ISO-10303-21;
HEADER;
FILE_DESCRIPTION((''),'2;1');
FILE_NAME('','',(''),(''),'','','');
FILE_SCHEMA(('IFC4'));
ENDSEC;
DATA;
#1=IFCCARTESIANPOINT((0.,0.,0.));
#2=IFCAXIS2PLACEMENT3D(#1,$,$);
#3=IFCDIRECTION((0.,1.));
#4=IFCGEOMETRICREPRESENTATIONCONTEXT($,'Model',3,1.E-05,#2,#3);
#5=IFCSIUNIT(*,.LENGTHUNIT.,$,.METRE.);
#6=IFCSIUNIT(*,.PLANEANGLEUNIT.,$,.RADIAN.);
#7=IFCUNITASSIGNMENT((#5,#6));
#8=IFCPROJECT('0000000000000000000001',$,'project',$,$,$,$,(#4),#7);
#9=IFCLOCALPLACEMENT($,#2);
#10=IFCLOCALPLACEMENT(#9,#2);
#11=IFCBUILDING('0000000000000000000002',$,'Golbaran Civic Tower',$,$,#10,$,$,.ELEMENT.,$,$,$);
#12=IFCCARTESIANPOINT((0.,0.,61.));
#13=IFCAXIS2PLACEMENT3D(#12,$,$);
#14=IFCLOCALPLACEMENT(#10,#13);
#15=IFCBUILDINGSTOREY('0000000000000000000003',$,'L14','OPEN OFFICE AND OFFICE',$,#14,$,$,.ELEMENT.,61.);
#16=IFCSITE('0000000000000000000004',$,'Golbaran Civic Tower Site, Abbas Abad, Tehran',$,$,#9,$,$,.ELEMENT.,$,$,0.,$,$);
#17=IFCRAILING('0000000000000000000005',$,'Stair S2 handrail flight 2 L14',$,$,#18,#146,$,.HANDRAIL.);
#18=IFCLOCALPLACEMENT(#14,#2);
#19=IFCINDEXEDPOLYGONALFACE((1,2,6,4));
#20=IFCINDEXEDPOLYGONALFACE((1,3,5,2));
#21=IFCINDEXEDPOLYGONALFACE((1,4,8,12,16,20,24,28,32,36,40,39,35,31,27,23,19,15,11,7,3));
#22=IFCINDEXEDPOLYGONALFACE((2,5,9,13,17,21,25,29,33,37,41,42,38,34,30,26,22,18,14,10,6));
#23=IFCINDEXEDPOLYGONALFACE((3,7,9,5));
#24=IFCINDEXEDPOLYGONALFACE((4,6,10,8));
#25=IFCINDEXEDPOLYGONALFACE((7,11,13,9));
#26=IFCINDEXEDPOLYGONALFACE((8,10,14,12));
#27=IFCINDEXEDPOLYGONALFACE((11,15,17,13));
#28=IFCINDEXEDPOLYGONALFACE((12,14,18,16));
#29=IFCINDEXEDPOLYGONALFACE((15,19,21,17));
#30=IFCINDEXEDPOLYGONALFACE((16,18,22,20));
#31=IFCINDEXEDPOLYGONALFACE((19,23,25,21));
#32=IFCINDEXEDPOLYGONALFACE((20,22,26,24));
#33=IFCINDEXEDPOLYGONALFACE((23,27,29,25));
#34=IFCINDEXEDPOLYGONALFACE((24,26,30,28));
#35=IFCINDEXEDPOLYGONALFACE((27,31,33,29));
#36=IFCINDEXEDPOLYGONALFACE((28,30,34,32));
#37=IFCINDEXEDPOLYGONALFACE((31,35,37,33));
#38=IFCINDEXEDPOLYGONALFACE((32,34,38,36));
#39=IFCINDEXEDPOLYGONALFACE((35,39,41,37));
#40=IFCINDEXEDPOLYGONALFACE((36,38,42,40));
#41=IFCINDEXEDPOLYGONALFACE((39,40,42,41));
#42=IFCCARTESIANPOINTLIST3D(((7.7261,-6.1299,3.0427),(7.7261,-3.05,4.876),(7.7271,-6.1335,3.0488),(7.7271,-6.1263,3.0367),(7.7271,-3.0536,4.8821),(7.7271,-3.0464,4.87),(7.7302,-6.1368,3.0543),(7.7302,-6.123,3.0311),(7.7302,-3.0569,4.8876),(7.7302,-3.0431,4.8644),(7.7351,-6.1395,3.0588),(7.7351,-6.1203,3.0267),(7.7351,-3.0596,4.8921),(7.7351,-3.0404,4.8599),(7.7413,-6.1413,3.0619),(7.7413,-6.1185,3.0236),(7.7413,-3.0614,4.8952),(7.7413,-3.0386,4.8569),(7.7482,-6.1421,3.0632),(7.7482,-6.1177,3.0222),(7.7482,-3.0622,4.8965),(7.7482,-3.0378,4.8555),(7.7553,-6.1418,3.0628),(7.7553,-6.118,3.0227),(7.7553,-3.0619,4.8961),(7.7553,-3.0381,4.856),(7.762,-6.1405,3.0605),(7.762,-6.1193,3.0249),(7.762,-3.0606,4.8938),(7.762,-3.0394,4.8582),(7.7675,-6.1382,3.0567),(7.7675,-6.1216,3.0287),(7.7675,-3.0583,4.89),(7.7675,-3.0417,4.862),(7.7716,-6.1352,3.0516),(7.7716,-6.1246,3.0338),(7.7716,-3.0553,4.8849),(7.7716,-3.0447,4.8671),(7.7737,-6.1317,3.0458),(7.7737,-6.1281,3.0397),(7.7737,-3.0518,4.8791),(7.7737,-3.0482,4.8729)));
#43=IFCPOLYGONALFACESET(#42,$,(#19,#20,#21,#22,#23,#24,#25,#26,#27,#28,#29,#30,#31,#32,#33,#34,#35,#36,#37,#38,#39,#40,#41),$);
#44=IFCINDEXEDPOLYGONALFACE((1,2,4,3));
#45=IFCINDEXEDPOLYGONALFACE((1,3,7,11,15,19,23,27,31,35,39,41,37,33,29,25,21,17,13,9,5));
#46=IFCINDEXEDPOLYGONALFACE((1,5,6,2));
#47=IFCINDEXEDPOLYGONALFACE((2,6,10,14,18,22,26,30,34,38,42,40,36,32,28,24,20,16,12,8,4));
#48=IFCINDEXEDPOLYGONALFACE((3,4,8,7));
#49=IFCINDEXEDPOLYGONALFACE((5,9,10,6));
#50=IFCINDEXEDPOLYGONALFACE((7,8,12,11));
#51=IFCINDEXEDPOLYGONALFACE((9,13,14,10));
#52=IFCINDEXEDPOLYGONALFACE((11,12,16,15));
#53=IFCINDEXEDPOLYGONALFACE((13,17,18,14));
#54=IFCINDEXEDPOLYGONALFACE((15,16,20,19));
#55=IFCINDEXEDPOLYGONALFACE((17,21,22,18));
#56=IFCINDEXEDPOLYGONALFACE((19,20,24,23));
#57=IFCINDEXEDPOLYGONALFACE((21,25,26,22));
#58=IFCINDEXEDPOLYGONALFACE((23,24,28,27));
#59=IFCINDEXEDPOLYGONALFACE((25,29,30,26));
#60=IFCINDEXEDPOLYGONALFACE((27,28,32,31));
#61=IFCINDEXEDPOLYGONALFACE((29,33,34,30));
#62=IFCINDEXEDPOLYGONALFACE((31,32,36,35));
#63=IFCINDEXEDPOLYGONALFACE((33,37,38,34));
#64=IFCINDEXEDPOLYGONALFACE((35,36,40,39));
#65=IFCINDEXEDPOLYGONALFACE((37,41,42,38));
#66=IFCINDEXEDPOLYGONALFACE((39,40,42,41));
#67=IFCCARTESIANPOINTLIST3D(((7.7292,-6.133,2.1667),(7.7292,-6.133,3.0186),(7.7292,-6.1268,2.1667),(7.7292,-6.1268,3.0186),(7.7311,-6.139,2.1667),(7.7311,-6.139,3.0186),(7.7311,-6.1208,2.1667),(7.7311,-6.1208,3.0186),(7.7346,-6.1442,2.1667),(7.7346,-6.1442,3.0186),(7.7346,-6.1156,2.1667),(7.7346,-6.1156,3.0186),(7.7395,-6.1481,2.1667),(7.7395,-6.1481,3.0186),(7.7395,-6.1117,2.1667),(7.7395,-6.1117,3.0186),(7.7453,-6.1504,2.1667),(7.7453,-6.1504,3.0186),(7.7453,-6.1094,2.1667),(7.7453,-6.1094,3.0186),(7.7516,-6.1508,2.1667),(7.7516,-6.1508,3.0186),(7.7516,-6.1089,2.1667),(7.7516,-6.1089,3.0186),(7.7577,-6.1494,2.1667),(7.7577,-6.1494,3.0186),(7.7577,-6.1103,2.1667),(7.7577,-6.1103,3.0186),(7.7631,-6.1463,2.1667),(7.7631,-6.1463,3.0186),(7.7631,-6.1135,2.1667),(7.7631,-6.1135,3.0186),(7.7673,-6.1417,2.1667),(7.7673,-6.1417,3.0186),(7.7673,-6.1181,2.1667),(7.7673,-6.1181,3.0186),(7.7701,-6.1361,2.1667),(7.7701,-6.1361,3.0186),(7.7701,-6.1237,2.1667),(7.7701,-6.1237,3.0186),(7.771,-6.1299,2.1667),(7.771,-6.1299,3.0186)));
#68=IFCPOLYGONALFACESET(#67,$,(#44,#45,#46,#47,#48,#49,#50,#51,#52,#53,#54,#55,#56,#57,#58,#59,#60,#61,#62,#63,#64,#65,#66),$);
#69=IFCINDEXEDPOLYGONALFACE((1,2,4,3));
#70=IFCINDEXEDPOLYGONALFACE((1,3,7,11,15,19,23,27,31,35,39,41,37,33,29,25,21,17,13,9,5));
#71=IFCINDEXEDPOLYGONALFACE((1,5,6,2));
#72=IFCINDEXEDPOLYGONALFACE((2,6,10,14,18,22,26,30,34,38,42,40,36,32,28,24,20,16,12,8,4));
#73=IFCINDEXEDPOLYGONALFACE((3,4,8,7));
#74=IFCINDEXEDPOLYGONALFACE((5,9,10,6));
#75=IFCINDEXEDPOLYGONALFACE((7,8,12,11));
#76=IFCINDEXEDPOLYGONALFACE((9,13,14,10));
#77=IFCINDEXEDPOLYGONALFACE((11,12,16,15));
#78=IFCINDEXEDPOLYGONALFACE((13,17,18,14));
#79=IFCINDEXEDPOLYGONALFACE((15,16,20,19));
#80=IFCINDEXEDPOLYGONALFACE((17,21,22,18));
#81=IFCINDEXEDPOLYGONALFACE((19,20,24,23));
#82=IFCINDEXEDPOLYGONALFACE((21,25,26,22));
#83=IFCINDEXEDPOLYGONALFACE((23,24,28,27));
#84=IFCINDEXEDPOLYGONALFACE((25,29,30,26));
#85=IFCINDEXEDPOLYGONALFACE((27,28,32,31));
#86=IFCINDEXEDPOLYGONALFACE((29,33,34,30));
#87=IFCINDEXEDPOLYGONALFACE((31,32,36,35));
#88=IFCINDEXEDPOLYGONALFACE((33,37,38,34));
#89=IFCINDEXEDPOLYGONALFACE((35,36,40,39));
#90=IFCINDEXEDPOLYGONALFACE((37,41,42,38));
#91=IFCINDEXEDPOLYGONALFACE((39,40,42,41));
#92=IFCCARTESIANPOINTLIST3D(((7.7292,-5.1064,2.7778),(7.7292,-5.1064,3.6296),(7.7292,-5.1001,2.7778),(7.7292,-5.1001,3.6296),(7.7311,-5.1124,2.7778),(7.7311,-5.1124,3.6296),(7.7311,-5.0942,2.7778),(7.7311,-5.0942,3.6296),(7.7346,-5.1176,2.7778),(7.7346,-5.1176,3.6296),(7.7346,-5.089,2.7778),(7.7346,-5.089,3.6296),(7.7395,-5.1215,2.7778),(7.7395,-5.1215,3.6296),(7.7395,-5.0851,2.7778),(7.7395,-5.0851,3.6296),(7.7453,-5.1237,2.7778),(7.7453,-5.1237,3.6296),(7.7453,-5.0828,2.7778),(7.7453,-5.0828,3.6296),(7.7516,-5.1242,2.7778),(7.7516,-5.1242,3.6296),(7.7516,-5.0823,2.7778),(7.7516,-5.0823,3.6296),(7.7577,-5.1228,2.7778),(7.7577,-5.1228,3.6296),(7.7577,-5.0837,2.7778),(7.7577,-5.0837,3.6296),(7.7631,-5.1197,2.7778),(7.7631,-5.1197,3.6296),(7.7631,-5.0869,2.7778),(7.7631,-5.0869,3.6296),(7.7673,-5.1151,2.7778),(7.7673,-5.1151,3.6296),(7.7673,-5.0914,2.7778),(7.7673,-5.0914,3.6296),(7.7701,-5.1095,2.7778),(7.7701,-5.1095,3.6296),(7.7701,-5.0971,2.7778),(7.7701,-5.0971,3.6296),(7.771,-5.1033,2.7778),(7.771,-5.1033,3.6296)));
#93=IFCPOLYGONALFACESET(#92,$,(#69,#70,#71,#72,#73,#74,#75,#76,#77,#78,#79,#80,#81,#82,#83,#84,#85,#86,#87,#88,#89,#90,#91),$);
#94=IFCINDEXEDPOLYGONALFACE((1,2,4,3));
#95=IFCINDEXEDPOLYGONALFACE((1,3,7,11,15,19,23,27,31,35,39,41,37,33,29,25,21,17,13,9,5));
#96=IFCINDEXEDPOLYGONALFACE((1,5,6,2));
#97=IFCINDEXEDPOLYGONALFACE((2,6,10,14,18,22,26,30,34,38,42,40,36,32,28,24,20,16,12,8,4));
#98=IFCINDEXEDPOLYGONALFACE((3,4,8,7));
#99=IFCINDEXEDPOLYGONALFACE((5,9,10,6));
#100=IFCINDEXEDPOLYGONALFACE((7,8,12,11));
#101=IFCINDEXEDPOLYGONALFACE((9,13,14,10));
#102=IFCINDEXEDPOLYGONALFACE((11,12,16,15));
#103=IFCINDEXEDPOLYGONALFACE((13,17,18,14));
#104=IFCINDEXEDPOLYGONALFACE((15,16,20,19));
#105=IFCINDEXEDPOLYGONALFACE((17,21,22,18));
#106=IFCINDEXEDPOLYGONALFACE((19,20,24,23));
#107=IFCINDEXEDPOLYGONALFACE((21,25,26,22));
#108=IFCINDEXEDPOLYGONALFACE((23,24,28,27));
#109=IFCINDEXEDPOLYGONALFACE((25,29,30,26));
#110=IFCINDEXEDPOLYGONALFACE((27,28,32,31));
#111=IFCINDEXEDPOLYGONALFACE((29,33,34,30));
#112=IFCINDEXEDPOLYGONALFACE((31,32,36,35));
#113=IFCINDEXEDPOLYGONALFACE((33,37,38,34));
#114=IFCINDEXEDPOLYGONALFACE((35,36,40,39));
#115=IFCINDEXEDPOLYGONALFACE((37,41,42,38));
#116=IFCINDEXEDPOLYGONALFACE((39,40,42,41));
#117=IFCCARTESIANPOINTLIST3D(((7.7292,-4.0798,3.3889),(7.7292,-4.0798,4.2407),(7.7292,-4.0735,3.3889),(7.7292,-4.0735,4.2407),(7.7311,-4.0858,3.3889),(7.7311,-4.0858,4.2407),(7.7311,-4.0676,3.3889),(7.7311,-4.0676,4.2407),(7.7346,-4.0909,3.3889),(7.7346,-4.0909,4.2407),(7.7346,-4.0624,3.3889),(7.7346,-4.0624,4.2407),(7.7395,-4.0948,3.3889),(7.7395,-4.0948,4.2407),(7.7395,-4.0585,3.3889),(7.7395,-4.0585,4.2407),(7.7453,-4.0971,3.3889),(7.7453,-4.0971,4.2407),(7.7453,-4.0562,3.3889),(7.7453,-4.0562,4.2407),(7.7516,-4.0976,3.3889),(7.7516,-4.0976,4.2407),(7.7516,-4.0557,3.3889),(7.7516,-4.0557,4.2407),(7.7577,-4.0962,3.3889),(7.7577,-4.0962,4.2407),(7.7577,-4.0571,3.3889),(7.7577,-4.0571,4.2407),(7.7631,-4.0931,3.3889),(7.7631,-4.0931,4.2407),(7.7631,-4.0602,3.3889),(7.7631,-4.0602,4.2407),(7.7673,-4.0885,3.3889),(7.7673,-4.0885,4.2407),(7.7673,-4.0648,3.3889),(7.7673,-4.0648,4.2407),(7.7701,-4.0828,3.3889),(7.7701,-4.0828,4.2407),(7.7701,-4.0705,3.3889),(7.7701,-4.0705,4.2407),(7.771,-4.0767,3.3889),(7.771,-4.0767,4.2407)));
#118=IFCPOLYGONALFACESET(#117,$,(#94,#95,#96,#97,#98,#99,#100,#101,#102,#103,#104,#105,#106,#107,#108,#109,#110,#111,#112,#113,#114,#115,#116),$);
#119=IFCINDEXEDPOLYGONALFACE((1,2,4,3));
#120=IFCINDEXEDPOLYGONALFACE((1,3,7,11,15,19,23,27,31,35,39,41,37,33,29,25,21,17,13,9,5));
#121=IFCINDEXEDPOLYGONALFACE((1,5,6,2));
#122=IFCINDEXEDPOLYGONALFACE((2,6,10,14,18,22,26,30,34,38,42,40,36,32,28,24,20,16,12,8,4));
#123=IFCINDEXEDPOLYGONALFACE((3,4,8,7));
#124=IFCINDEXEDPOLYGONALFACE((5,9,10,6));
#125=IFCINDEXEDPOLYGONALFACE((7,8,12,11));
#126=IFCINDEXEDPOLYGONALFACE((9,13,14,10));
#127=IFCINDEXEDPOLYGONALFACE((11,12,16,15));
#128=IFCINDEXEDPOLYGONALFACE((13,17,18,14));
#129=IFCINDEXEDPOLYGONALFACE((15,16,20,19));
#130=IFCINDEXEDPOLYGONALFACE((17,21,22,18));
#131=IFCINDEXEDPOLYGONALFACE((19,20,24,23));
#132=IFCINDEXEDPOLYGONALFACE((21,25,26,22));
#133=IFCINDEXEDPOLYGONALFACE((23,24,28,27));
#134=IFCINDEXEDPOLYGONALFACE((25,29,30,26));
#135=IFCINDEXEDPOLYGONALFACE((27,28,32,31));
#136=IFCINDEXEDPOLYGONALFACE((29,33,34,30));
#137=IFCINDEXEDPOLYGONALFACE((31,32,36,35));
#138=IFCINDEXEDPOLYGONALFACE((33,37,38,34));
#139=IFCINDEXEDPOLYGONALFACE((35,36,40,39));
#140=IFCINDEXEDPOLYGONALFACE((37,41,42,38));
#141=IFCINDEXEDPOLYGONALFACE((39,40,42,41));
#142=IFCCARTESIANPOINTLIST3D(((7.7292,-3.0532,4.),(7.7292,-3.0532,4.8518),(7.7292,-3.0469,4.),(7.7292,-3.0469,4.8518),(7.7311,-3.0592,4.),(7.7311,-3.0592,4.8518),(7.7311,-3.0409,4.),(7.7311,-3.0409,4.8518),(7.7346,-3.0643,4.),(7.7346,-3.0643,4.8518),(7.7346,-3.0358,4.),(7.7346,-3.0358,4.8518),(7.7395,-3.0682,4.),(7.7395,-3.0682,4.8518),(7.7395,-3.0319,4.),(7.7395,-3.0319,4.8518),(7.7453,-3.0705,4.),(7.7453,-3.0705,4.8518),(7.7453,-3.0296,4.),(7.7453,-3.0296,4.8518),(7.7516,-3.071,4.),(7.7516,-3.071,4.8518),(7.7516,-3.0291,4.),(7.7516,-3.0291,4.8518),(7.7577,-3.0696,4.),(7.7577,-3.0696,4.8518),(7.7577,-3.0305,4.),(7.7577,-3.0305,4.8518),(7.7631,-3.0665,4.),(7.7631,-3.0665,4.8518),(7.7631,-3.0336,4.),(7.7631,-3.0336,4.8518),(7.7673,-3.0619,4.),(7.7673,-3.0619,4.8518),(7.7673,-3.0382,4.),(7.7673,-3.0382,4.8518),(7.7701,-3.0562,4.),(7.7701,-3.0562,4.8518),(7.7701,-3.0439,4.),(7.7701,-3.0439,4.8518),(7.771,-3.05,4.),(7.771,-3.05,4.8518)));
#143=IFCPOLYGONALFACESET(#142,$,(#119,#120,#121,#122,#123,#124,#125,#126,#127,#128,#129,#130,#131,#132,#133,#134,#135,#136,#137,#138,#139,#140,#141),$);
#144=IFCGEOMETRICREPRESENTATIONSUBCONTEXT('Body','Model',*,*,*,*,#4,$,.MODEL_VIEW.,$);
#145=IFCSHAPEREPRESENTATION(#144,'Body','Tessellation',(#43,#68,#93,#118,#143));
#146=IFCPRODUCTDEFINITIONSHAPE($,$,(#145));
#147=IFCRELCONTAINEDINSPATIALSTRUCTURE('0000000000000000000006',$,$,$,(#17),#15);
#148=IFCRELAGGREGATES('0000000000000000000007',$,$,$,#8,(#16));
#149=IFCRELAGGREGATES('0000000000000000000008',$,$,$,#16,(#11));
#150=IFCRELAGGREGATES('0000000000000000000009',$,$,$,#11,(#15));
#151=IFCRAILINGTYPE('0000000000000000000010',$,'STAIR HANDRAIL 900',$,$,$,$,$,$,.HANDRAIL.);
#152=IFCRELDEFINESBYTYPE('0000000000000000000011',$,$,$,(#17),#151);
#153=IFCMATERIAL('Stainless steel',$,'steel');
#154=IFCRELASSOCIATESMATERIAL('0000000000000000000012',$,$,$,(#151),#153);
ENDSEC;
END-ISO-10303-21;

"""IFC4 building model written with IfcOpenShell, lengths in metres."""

from ifc_helpers import new_model, si_unit, direction, frame, origin, origin_2d, place, context, subcontext, project, spatial, circle, extrude, material, type_object, element, save


model = new_model("IFC4")

# Units and contexts
model_context = context("Model", 3, precision=1e-05, world=origin(), true_north=direction((0.0, 1.0)))
body_context = subcontext(model_context, "Body", "Model", "MODEL_VIEW")
ifc_project = project(units=[si_unit("LENGTHUNIT", "METRE"), si_unit("PLANEANGLEUNIT", "RADIAN")], contexts=[model_context])

# Site, building, storey
site_placement = place(None, origin())
site = spatial("IfcSite", under=ifc_project, at=site_placement, Name="Golbaran Civic Tower Site, Abbas Abad, Tehran", CompositionType="ELEMENT", RefElevation=0.0)
building_placement = place(site_placement, origin())
building = spatial("IfcBuilding", under=site, at=building_placement, Name="Golbaran Civic Tower", CompositionType="ELEMENT")
storey_placement = place(building_placement, frame((0.0, 0.0, 61.0)))
storey = spatial("IfcBuildingStorey", under=building, at=storey_placement, Name="L14", Description="OPEN OFFICE AND OFFICE", CompositionType="ELEMENT", Elevation=61.0)

# Shared definitions
ifc_material_1 = material(Name="Stainless steel", Category="steel")

# Railing
railing_type = type_object("IfcRailingType", Name="STAIR HANDRAIL 900", PredefinedType="HANDRAIL", material=ifc_material_1)
railing_1_placement = place(storey_placement, frame((7.75, -6.1299, 2.1667)))
element("IfcRailing", 1, at=railing_1_placement, inside=storey, type_object=railing_type, Name="Stair S2 handrail flight 2 L14", PredefinedType="HANDRAIL", context=body_context, shape_type="SweptSolid", body=[
    extrude(circle(Radius=0.0239, at=origin_2d()), frame((0.0, 0.0, 0.876), z_axis=(0.0, 0.859291, 0.511487), x_axis=(-1.0, 0.0, 0.0)), (0.0, 0.0, 1.0), 3.5842),
    extrude(circle(Radius=0.021, at=origin_2d()), origin(), (0.0, 0.0, 1.0), 0.8518),
    extrude(circle(Radius=0.021, at=origin_2d()), frame((0.0, 1.0266, 0.6111)), (0.0, 0.0, 1.0), 0.8518),
    extrude(circle(Radius=0.021, at=origin_2d()), frame((0.0, 2.0532, 1.2222)), (0.0, 0.0, 1.0), 0.8518),
    extrude(circle(Radius=0.021, at=origin_2d()), frame((0.0, 3.0798, 1.8333)), (0.0, 0.0, 1.0), 0.8518),
])

save(model, "model.ifc")
